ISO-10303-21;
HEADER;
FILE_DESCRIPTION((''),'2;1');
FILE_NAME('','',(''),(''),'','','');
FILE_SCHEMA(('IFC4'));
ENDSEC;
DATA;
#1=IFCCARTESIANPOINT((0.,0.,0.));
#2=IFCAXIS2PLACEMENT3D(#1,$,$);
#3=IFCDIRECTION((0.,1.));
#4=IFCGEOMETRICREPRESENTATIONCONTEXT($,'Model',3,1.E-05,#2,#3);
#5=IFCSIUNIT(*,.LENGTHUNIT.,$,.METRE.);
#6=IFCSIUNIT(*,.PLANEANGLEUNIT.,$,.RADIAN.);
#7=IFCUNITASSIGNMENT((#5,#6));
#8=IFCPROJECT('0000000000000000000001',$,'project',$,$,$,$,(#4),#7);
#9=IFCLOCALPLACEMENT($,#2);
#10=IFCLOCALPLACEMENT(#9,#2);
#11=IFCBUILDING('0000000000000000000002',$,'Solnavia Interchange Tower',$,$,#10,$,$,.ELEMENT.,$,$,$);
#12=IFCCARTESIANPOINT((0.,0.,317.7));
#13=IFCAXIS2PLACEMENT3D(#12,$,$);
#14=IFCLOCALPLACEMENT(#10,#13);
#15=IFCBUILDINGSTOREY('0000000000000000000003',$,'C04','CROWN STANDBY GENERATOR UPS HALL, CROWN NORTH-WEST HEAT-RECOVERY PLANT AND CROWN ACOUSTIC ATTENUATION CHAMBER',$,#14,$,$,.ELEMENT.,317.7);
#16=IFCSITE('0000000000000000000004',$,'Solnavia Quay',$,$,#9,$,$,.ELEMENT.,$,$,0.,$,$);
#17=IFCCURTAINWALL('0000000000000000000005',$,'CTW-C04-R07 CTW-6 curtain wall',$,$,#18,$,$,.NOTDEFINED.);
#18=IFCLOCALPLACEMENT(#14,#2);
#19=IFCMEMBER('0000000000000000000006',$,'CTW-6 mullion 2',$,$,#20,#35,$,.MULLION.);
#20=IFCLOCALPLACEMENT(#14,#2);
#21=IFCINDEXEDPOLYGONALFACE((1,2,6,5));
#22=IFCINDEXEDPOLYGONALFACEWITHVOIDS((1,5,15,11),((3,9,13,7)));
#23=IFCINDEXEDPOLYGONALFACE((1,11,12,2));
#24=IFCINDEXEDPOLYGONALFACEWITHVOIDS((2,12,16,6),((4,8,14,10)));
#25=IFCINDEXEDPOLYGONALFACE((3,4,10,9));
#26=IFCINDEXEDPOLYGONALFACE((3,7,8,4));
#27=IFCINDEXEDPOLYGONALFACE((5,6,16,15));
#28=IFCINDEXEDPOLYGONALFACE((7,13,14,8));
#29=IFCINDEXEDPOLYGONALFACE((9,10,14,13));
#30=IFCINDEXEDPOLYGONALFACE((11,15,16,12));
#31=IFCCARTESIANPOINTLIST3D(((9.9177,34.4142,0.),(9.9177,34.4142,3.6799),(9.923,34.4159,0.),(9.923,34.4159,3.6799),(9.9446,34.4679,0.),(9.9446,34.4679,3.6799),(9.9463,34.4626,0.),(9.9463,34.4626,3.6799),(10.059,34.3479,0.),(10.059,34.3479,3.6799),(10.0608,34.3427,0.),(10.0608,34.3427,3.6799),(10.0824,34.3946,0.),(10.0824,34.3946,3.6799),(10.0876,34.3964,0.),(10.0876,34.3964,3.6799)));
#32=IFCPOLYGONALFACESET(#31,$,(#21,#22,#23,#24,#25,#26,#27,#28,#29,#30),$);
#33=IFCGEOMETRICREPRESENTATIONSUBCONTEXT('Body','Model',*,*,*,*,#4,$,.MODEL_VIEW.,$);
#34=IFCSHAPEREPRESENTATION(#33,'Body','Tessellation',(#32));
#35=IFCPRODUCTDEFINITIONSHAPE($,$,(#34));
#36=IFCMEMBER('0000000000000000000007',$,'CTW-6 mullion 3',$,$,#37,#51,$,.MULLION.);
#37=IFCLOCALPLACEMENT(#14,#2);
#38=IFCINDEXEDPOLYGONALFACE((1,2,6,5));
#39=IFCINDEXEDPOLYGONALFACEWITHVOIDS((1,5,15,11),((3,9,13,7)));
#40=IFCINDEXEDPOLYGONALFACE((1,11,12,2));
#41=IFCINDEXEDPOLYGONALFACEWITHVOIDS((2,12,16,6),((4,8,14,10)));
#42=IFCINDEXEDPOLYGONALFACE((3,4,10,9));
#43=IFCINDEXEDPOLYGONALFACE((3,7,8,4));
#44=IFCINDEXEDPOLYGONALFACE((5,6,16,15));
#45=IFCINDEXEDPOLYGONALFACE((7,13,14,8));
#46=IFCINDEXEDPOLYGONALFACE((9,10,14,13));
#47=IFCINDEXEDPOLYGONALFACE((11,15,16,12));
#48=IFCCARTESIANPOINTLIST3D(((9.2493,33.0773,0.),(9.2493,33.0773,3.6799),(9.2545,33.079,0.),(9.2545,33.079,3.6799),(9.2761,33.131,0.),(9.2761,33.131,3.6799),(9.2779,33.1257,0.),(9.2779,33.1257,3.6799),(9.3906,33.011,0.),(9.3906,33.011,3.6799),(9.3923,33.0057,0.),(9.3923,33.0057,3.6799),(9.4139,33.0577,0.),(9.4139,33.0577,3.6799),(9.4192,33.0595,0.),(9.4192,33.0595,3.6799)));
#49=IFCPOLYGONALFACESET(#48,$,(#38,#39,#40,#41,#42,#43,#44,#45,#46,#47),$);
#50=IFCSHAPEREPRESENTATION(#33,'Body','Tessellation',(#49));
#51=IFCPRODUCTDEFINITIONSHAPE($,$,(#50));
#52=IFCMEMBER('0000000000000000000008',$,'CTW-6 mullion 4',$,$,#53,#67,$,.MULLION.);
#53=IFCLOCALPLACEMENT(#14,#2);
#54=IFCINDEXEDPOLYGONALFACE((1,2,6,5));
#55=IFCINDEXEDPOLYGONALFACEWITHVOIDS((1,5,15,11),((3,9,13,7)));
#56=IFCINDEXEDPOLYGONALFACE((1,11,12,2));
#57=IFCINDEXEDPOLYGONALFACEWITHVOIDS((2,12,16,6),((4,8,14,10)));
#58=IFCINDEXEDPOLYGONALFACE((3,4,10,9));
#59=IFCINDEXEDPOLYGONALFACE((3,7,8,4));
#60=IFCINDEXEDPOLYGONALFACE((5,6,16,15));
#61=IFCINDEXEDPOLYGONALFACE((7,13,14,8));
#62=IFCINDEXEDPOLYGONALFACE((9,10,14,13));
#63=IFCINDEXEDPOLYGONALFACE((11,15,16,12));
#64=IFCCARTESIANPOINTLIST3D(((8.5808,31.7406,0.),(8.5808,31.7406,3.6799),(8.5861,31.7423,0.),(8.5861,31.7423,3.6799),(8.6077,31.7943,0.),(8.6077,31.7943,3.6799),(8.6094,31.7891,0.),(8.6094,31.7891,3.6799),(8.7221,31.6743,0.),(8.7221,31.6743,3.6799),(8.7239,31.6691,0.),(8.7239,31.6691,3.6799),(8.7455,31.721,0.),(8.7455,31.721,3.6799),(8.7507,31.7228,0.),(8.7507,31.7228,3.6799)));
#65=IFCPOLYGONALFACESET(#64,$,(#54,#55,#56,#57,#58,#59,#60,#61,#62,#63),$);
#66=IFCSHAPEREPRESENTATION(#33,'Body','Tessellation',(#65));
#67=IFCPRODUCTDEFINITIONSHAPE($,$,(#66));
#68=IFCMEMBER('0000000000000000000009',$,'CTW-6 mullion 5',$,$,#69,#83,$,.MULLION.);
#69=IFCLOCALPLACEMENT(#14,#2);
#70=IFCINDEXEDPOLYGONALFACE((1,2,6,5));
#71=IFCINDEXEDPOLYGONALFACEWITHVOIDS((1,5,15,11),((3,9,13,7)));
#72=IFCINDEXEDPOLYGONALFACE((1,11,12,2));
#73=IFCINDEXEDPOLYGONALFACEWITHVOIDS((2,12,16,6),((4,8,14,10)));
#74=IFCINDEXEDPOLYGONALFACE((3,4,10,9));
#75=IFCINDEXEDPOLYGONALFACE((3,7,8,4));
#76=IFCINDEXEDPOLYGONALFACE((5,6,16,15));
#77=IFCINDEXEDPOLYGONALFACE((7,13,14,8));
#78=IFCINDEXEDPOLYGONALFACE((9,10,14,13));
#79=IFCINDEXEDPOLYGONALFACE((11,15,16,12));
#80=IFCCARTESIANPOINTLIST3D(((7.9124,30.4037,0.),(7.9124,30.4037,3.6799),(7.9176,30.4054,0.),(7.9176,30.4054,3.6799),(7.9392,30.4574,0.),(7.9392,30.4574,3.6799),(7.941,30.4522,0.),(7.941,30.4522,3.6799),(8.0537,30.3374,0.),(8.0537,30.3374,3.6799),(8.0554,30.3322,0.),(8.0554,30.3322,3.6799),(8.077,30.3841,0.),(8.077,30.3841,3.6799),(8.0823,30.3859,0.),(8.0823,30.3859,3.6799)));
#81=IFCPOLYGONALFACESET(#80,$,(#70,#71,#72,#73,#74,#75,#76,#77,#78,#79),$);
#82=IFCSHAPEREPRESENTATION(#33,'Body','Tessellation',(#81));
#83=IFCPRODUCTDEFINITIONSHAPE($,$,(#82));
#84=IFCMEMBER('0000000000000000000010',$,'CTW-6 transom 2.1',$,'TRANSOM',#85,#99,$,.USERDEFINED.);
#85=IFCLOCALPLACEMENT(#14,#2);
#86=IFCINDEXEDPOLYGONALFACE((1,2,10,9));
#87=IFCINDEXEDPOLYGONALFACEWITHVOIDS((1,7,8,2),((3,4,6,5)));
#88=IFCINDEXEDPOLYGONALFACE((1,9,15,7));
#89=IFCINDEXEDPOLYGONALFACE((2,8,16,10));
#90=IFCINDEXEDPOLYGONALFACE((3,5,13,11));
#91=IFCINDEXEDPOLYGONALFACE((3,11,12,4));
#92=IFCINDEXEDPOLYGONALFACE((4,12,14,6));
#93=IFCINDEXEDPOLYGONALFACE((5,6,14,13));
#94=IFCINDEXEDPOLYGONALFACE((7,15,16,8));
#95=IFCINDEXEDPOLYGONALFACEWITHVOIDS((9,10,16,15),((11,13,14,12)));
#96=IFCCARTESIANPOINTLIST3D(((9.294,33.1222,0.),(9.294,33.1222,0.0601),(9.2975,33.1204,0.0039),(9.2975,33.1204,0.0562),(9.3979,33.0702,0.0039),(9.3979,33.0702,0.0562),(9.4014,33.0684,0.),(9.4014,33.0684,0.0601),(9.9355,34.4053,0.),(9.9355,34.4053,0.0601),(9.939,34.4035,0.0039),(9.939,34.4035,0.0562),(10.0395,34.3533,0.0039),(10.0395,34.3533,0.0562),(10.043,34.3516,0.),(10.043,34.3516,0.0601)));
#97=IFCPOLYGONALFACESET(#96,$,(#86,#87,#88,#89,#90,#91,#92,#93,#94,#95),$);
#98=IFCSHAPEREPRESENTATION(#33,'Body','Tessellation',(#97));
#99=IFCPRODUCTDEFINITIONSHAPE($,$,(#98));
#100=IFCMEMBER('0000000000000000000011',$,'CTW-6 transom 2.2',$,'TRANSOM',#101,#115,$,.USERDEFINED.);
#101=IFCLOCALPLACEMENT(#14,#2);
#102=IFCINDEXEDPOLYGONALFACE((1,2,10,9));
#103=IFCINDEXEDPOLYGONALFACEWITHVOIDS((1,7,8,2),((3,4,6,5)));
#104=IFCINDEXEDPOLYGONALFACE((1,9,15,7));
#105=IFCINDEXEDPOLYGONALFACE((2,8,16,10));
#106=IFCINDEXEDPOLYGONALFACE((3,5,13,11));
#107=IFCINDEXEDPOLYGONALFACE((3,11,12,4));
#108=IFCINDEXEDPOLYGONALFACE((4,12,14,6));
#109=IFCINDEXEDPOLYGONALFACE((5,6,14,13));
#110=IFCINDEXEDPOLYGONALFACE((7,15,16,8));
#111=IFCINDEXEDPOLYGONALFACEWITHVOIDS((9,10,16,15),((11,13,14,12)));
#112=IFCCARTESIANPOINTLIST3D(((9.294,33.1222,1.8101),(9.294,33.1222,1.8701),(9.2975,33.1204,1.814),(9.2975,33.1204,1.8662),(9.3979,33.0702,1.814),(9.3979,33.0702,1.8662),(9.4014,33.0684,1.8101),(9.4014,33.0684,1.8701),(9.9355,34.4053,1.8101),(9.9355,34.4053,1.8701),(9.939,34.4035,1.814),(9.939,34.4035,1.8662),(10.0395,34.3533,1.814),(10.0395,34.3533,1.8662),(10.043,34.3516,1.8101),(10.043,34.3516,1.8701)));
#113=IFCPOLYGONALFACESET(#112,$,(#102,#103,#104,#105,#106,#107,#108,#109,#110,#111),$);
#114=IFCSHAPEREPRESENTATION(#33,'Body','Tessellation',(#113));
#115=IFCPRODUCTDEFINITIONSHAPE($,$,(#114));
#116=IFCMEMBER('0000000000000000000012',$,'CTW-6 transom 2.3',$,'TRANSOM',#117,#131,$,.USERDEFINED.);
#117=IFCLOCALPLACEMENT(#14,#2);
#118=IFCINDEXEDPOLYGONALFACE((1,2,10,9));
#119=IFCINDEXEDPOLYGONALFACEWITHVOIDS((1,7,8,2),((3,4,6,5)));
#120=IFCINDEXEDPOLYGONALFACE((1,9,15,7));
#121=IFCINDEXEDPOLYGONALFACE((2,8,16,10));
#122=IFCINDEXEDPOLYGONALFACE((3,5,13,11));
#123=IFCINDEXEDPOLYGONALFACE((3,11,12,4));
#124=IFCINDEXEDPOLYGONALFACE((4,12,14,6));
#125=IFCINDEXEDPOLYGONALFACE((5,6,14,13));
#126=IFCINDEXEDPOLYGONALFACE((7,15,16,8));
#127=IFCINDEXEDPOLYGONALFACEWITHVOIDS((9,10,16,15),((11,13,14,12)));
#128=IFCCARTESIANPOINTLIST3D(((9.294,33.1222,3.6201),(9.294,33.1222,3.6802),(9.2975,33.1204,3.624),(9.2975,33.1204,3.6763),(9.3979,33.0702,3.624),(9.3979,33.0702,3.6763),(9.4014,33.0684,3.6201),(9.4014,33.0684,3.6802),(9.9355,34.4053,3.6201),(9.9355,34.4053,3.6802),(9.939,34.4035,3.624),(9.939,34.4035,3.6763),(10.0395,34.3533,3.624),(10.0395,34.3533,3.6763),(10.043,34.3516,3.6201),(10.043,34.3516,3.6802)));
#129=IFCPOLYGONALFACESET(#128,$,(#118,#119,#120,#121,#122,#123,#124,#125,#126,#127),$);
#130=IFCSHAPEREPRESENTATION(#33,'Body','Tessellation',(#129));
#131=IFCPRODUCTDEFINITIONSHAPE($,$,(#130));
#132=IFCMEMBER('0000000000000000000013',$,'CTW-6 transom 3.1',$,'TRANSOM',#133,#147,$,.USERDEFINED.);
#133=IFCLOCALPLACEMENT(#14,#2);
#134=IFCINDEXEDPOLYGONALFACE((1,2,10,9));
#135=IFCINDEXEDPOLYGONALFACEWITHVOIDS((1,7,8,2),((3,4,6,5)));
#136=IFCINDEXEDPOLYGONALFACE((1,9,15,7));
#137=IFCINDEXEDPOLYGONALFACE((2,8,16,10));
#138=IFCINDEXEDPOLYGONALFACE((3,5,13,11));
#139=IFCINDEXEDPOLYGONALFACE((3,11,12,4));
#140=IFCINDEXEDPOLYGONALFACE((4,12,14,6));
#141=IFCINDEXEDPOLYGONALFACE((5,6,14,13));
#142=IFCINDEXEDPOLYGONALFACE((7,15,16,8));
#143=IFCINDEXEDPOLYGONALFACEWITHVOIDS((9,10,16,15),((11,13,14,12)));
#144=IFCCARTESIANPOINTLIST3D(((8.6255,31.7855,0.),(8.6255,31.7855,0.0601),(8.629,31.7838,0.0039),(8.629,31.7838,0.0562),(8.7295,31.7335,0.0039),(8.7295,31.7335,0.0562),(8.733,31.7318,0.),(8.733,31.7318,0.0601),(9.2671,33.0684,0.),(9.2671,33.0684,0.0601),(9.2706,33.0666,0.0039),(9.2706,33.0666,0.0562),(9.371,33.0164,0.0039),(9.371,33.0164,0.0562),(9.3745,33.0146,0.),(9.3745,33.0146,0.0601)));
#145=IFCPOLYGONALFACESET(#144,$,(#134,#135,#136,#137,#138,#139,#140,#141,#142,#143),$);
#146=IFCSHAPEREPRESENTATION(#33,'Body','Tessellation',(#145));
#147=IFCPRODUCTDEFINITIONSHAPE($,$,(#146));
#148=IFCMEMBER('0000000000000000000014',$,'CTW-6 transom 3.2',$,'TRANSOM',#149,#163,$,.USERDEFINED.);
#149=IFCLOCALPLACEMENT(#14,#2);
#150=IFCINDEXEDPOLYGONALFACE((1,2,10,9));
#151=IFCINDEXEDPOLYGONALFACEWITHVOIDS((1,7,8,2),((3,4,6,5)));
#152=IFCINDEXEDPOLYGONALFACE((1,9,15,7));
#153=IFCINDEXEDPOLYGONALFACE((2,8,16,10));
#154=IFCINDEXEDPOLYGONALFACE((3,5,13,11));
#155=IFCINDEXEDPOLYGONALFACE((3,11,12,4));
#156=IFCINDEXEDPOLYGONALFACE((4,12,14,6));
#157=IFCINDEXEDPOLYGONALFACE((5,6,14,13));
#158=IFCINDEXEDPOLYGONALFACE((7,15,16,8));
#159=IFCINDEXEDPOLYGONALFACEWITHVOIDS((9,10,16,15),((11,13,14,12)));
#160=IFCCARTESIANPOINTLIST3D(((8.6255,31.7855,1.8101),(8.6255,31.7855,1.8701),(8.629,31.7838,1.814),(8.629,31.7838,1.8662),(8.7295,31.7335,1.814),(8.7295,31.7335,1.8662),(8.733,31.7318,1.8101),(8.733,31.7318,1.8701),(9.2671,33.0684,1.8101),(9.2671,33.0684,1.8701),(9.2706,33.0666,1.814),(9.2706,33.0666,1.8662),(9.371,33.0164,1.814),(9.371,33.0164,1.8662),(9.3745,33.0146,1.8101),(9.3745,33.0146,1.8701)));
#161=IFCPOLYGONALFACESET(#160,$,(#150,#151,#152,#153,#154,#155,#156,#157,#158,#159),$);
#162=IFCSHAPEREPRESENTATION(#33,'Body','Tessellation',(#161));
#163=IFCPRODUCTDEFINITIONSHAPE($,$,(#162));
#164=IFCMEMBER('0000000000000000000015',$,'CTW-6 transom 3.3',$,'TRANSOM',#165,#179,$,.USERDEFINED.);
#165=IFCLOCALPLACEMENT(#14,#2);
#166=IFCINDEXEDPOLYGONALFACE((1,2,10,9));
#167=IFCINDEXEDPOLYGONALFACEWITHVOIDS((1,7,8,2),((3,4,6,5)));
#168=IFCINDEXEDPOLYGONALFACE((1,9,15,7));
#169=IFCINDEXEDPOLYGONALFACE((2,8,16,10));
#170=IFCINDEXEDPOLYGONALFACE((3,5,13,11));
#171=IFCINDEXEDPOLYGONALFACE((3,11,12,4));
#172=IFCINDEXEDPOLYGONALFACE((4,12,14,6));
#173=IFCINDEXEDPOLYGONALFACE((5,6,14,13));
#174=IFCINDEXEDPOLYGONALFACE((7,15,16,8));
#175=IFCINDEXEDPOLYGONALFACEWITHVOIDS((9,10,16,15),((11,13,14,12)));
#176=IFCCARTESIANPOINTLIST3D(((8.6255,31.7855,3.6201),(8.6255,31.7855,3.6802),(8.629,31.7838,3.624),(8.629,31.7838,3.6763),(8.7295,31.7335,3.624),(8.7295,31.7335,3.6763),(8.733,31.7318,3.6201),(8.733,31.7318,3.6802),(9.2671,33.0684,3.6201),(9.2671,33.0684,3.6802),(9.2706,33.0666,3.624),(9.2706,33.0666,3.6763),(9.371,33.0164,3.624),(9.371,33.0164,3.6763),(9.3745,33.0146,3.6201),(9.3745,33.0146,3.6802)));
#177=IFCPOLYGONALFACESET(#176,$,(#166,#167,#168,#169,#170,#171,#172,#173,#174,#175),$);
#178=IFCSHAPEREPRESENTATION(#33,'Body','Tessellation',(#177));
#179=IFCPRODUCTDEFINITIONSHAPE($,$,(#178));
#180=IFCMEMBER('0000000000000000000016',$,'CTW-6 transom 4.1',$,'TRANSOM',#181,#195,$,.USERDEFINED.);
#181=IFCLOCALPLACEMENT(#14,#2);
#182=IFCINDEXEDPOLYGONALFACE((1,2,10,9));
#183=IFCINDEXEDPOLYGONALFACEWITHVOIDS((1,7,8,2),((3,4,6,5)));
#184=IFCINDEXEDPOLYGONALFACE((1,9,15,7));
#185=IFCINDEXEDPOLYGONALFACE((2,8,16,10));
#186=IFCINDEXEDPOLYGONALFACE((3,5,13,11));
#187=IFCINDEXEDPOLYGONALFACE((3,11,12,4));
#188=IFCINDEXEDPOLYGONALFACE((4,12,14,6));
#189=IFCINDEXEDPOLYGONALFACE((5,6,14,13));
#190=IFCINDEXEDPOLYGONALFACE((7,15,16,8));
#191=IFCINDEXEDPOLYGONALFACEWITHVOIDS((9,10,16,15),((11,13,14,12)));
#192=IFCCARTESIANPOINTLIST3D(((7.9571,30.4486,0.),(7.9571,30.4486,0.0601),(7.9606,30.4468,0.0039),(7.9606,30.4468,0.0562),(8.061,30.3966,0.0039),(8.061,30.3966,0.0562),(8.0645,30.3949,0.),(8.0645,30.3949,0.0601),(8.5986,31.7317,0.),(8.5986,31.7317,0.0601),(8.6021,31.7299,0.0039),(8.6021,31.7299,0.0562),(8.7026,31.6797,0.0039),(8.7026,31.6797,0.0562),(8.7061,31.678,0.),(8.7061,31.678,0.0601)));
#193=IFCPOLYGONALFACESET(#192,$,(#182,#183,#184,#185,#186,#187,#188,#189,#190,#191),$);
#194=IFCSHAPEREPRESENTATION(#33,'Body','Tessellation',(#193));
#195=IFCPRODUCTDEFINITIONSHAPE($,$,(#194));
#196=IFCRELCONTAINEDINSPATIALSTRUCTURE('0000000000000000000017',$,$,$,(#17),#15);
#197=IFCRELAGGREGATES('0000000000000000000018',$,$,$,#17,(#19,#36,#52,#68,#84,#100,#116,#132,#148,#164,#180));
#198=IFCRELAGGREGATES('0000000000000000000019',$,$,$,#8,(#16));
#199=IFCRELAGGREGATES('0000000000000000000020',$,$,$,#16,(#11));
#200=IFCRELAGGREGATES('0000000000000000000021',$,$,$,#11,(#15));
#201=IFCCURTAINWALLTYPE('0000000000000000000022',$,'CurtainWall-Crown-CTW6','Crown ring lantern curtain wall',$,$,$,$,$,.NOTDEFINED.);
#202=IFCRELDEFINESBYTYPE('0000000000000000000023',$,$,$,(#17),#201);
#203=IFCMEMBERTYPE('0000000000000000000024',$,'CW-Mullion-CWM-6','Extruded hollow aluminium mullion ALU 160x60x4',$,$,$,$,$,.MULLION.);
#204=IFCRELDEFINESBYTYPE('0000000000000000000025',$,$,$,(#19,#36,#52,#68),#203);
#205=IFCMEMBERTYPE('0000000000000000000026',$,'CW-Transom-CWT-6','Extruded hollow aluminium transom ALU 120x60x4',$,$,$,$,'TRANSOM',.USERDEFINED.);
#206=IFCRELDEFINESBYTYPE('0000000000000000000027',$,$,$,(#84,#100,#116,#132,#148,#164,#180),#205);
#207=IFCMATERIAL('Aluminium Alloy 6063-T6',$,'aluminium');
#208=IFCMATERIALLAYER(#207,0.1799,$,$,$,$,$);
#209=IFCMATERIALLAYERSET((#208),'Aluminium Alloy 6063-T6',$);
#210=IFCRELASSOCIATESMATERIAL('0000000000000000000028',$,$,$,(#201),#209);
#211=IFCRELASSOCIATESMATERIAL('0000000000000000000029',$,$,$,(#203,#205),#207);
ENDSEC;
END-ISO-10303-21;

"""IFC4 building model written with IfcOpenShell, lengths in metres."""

from ifc_helpers import new_model, si_unit, direction, frame, origin, origin_2d, place, context, subcontext, project, spatial, hollow_rectangle, extrude, material, layer, layer_set, material_profile, profile_set, type_object, element, aggregate, save


model = new_model("IFC4")

# Units and contexts
model_context = context("Model", 3, precision=1e-05, world=origin(), true_north=direction((0.0, 1.0)))
body_context = subcontext(model_context, "Body", "Model", "MODEL_VIEW")
ifc_project = project(units=[si_unit("LENGTHUNIT", "METRE"), si_unit("PLANEANGLEUNIT", "RADIAN")], contexts=[model_context])

# Site, building, storey
site_placement = place(None, origin())
site = spatial("IfcSite", under=ifc_project, at=site_placement, Name="Solnavia Quay", CompositionType="ELEMENT", RefElevation=0.0)
building_placement = place(site_placement, origin())
building = spatial("IfcBuilding", under=site, at=building_placement, Name="Solnavia Interchange Tower", CompositionType="ELEMENT")
storey_placement = place(building_placement, frame((0.0, 0.0, 317.7)))
storey = spatial("IfcBuildingStorey", under=building, at=storey_placement, Name="C04", Description="CROWN STANDBY GENERATOR UPS HALL, CROWN NORTH-WEST HEAT-RECOVERY PLANT AND CROWN ACOUSTIC ATTENUATION CHAMBER", CompositionType="ELEMENT", Elevation=317.7)

# Curtain wall, members
ifc_material_1 = material(Name="Aluminium Alloy 6063-T6", Category="aluminium")
ifc_layer_1 = layer(ifc_material_1, 0.1799)
ifc_layer_set_1 = layer_set([ifc_layer_1], Name="Aluminium Alloy 6063-T6")
curtain_wall_type = type_object("IfcCurtainWallType", Name="CurtainWall-Crown-CTW6", Description="Crown ring lantern curtain wall", PredefinedType="NOTDEFINED", material=ifc_layer_set_1)
curtain_wall_placement = place(storey_placement, origin())
curtain_wall = element("IfcCurtainWall", 1, at=curtain_wall_placement, inside=storey, type_object=curtain_wall_type, Name="CTW-C04-R07 CTW-6 curtain wall", PredefinedType="NOTDEFINED")
ifc_material_profile_1 = material_profile(ifc_material_1, hollow_rectangle(XDim=0.0601, YDim=0.1599, WallThickness=0.0039, at=origin_2d()), Name="ALU 160x60x4")
ifc_profile_set_1 = profile_set([ifc_material_profile_1], Name="Aluminium Alloy 6063-T6")
member_type_1 = type_object("IfcMemberType", Name="CW-Mullion-CWM-6", Description="Extruded hollow aluminium mullion ALU 160x60x4", PredefinedType="MULLION", material=ifc_profile_set_1)
member_1_placement = place(storey_placement, frame((10.0027, 34.4053, 0.0), z_axis=(0.0, 0.0, 1.0), x_axis=(-0.447214, -0.894427, 0.0)))
member_1 = element("IfcMember", 2, at=member_1_placement, type_object=member_type_1, Name="CTW-6 mullion 2", PredefinedType="MULLION", context=body_context, shape_type="SweptSolid", body=[
    extrude(hollow_rectangle(XDim=0.0601, YDim=0.1599, WallThickness=0.0039, at=origin_2d()), origin(), (0.0, 0.0, 1.0), 3.6799),
])
member_2_placement = place(storey_placement, frame((9.3342, 33.0684, 0.0), z_axis=(0.0, 0.0, 1.0), x_axis=(-0.447214, -0.894427, 0.0)))
member_2 = element("IfcMember", 3, at=member_2_placement, type_object=member_type_1, Name="CTW-6 mullion 3", PredefinedType="MULLION", context=body_context, shape_type="SweptSolid", body=[
    extrude(hollow_rectangle(XDim=0.0601, YDim=0.1599, WallThickness=0.0039, at=origin_2d()), origin(), (0.0, 0.0, 1.0), 3.6799),
])
member_3_placement = place(storey_placement, frame((8.6658, 31.7317, 0.0), z_axis=(0.0, 0.0, 1.0), x_axis=(-0.447214, -0.894427, 0.0)))
member_3 = element("IfcMember", 4, at=member_3_placement, type_object=member_type_1, Name="CTW-6 mullion 4", PredefinedType="MULLION", context=body_context, shape_type="SweptSolid", body=[
    extrude(hollow_rectangle(XDim=0.0601, YDim=0.1599, WallThickness=0.0039, at=origin_2d()), origin(), (0.0, 0.0, 1.0), 3.6799),
])
member_4_placement = place(storey_placement, frame((7.9973, 30.3948, 0.0), z_axis=(0.0, 0.0, 1.0), x_axis=(-0.447214, -0.894427, 0.0)))
member_4 = element("IfcMember", 5, at=member_4_placement, type_object=member_type_1, Name="CTW-6 mullion 5", PredefinedType="MULLION", context=body_context, shape_type="SweptSolid", body=[
    extrude(hollow_rectangle(XDim=0.0601, YDim=0.1599, WallThickness=0.0039, at=origin_2d()), origin(), (0.0, 0.0, 1.0), 3.6799),
])
ifc_material_profile_2 = material_profile(ifc_material_1, hollow_rectangle(XDim=0.0601, YDim=0.1201, WallThickness=0.0039, at=origin_2d()), Name="ALU 120x60x4")
ifc_profile_set_2 = profile_set([ifc_material_profile_2], Name="Aluminium Alloy 6063-T6")
member_type_2 = type_object("IfcMemberType", Name="CW-Transom-CWT-6", Description="Extruded hollow aluminium transom ALU 120x60x4", ElementType="TRANSOM", PredefinedType="USERDEFINED", material=ifc_profile_set_2)
member_5_placement = place(storey_placement, frame((9.9893, 34.3784, 0.03), z_axis=(-0.447214, -0.894427, 0.0), x_axis=(0.0, 0.0, 1.0)))
member_5 = element("IfcMember", 6, at=member_5_placement, type_object=member_type_2, Name="CTW-6 transom 2.1", ObjectType="TRANSOM", PredefinedType="USERDEFINED", context=body_context, shape_type="SweptSolid", body=[
    extrude(hollow_rectangle(XDim=0.0601, YDim=0.1201, WallThickness=0.0039, at=origin_2d()), origin(), (0.0, 0.0, 1.0), 1.4346),
])
member_6_placement = place(storey_placement, frame((9.9893, 34.3784, 1.8401), z_axis=(-0.447214, -0.894427, 0.0), x_axis=(0.0, 0.0, 1.0)))
member_6 = element("IfcMember", 7, at=member_6_placement, type_object=member_type_2, Name="CTW-6 transom 2.2", ObjectType="TRANSOM", PredefinedType="USERDEFINED", context=body_context, shape_type="SweptSolid", body=[
    extrude(hollow_rectangle(XDim=0.0601, YDim=0.1201, WallThickness=0.0039, at=origin_2d()), origin(), (0.0, 0.0, 1.0), 1.4346),
])
member_7_placement = place(storey_placement, frame((9.9893, 34.3784, 3.6501), z_axis=(-0.447214, -0.894427, 0.0), x_axis=(0.0, 0.0, 1.0)))
member_7 = element("IfcMember", 8, at=member_7_placement, type_object=member_type_2, Name="CTW-6 transom 2.3", ObjectType="TRANSOM", PredefinedType="USERDEFINED", context=body_context, shape_type="SweptSolid", body=[
    extrude(hollow_rectangle(XDim=0.0601, YDim=0.1201, WallThickness=0.0039, at=origin_2d()), origin(), (0.0, 0.0, 1.0), 1.4346),
])
member_8_placement = place(storey_placement, frame((9.3208, 33.0415, 0.03), z_axis=(-0.447282, -0.894393, 0.0), x_axis=(0.0, 0.0, 1.0)))
member_8 = element("IfcMember", 9, at=member_8_placement, type_object=member_type_2, Name="CTW-6 transom 3.1", ObjectType="TRANSOM", PredefinedType="USERDEFINED", context=body_context, shape_type="SweptSolid", body=[
    extrude(hollow_rectangle(XDim=0.0601, YDim=0.1201, WallThickness=0.0039, at=origin_2d()), origin(), (0.0, 0.0, 1.0), 1.4343),
])
member_9_placement = place(storey_placement, frame((9.3208, 33.0415, 1.8401), z_axis=(-0.447282, -0.894393, 0.0), x_axis=(0.0, 0.0, 1.0)))
member_9 = element("IfcMember", 10, at=member_9_placement, type_object=member_type_2, Name="CTW-6 transom 3.2", ObjectType="TRANSOM", PredefinedType="USERDEFINED", context=body_context, shape_type="SweptSolid", body=[
    extrude(hollow_rectangle(XDim=0.0601, YDim=0.1201, WallThickness=0.0039, at=origin_2d()), origin(), (0.0, 0.0, 1.0), 1.4343),
])
member_10_placement = place(storey_placement, frame((9.3208, 33.0415, 3.6501), z_axis=(-0.447282, -0.894393, 0.0), x_axis=(0.0, 0.0, 1.0)))
member_10 = element("IfcMember", 11, at=member_10_placement, type_object=member_type_2, Name="CTW-6 transom 3.3", ObjectType="TRANSOM", PredefinedType="USERDEFINED", context=body_context, shape_type="SweptSolid", body=[
    extrude(hollow_rectangle(XDim=0.0601, YDim=0.1201, WallThickness=0.0039, at=origin_2d()), origin(), (0.0, 0.0, 1.0), 1.4343),
])
member_11_placement = place(storey_placement, frame((8.6523, 31.7048, 0.03), z_axis=(-0.447214, -0.894427, 0.0), x_axis=(0.0, 0.0, 1.0)))
member_11 = element("IfcMember", 12, at=member_11_placement, type_object=member_type_2, Name="CTW-6 transom 4.1", ObjectType="TRANSOM", PredefinedType="USERDEFINED", context=body_context, shape_type="SweptSolid", body=[
    extrude(hollow_rectangle(XDim=0.0601, YDim=0.1201, WallThickness=0.0039, at=origin_2d()), origin(), (0.0, 0.0, 1.0), 1.4346),
])
aggregate(curtain_wall, [member_1, member_2, member_3, member_4, member_5, member_6, member_7, member_8, member_9, member_10, member_11])

save(model, "model.ifc")
